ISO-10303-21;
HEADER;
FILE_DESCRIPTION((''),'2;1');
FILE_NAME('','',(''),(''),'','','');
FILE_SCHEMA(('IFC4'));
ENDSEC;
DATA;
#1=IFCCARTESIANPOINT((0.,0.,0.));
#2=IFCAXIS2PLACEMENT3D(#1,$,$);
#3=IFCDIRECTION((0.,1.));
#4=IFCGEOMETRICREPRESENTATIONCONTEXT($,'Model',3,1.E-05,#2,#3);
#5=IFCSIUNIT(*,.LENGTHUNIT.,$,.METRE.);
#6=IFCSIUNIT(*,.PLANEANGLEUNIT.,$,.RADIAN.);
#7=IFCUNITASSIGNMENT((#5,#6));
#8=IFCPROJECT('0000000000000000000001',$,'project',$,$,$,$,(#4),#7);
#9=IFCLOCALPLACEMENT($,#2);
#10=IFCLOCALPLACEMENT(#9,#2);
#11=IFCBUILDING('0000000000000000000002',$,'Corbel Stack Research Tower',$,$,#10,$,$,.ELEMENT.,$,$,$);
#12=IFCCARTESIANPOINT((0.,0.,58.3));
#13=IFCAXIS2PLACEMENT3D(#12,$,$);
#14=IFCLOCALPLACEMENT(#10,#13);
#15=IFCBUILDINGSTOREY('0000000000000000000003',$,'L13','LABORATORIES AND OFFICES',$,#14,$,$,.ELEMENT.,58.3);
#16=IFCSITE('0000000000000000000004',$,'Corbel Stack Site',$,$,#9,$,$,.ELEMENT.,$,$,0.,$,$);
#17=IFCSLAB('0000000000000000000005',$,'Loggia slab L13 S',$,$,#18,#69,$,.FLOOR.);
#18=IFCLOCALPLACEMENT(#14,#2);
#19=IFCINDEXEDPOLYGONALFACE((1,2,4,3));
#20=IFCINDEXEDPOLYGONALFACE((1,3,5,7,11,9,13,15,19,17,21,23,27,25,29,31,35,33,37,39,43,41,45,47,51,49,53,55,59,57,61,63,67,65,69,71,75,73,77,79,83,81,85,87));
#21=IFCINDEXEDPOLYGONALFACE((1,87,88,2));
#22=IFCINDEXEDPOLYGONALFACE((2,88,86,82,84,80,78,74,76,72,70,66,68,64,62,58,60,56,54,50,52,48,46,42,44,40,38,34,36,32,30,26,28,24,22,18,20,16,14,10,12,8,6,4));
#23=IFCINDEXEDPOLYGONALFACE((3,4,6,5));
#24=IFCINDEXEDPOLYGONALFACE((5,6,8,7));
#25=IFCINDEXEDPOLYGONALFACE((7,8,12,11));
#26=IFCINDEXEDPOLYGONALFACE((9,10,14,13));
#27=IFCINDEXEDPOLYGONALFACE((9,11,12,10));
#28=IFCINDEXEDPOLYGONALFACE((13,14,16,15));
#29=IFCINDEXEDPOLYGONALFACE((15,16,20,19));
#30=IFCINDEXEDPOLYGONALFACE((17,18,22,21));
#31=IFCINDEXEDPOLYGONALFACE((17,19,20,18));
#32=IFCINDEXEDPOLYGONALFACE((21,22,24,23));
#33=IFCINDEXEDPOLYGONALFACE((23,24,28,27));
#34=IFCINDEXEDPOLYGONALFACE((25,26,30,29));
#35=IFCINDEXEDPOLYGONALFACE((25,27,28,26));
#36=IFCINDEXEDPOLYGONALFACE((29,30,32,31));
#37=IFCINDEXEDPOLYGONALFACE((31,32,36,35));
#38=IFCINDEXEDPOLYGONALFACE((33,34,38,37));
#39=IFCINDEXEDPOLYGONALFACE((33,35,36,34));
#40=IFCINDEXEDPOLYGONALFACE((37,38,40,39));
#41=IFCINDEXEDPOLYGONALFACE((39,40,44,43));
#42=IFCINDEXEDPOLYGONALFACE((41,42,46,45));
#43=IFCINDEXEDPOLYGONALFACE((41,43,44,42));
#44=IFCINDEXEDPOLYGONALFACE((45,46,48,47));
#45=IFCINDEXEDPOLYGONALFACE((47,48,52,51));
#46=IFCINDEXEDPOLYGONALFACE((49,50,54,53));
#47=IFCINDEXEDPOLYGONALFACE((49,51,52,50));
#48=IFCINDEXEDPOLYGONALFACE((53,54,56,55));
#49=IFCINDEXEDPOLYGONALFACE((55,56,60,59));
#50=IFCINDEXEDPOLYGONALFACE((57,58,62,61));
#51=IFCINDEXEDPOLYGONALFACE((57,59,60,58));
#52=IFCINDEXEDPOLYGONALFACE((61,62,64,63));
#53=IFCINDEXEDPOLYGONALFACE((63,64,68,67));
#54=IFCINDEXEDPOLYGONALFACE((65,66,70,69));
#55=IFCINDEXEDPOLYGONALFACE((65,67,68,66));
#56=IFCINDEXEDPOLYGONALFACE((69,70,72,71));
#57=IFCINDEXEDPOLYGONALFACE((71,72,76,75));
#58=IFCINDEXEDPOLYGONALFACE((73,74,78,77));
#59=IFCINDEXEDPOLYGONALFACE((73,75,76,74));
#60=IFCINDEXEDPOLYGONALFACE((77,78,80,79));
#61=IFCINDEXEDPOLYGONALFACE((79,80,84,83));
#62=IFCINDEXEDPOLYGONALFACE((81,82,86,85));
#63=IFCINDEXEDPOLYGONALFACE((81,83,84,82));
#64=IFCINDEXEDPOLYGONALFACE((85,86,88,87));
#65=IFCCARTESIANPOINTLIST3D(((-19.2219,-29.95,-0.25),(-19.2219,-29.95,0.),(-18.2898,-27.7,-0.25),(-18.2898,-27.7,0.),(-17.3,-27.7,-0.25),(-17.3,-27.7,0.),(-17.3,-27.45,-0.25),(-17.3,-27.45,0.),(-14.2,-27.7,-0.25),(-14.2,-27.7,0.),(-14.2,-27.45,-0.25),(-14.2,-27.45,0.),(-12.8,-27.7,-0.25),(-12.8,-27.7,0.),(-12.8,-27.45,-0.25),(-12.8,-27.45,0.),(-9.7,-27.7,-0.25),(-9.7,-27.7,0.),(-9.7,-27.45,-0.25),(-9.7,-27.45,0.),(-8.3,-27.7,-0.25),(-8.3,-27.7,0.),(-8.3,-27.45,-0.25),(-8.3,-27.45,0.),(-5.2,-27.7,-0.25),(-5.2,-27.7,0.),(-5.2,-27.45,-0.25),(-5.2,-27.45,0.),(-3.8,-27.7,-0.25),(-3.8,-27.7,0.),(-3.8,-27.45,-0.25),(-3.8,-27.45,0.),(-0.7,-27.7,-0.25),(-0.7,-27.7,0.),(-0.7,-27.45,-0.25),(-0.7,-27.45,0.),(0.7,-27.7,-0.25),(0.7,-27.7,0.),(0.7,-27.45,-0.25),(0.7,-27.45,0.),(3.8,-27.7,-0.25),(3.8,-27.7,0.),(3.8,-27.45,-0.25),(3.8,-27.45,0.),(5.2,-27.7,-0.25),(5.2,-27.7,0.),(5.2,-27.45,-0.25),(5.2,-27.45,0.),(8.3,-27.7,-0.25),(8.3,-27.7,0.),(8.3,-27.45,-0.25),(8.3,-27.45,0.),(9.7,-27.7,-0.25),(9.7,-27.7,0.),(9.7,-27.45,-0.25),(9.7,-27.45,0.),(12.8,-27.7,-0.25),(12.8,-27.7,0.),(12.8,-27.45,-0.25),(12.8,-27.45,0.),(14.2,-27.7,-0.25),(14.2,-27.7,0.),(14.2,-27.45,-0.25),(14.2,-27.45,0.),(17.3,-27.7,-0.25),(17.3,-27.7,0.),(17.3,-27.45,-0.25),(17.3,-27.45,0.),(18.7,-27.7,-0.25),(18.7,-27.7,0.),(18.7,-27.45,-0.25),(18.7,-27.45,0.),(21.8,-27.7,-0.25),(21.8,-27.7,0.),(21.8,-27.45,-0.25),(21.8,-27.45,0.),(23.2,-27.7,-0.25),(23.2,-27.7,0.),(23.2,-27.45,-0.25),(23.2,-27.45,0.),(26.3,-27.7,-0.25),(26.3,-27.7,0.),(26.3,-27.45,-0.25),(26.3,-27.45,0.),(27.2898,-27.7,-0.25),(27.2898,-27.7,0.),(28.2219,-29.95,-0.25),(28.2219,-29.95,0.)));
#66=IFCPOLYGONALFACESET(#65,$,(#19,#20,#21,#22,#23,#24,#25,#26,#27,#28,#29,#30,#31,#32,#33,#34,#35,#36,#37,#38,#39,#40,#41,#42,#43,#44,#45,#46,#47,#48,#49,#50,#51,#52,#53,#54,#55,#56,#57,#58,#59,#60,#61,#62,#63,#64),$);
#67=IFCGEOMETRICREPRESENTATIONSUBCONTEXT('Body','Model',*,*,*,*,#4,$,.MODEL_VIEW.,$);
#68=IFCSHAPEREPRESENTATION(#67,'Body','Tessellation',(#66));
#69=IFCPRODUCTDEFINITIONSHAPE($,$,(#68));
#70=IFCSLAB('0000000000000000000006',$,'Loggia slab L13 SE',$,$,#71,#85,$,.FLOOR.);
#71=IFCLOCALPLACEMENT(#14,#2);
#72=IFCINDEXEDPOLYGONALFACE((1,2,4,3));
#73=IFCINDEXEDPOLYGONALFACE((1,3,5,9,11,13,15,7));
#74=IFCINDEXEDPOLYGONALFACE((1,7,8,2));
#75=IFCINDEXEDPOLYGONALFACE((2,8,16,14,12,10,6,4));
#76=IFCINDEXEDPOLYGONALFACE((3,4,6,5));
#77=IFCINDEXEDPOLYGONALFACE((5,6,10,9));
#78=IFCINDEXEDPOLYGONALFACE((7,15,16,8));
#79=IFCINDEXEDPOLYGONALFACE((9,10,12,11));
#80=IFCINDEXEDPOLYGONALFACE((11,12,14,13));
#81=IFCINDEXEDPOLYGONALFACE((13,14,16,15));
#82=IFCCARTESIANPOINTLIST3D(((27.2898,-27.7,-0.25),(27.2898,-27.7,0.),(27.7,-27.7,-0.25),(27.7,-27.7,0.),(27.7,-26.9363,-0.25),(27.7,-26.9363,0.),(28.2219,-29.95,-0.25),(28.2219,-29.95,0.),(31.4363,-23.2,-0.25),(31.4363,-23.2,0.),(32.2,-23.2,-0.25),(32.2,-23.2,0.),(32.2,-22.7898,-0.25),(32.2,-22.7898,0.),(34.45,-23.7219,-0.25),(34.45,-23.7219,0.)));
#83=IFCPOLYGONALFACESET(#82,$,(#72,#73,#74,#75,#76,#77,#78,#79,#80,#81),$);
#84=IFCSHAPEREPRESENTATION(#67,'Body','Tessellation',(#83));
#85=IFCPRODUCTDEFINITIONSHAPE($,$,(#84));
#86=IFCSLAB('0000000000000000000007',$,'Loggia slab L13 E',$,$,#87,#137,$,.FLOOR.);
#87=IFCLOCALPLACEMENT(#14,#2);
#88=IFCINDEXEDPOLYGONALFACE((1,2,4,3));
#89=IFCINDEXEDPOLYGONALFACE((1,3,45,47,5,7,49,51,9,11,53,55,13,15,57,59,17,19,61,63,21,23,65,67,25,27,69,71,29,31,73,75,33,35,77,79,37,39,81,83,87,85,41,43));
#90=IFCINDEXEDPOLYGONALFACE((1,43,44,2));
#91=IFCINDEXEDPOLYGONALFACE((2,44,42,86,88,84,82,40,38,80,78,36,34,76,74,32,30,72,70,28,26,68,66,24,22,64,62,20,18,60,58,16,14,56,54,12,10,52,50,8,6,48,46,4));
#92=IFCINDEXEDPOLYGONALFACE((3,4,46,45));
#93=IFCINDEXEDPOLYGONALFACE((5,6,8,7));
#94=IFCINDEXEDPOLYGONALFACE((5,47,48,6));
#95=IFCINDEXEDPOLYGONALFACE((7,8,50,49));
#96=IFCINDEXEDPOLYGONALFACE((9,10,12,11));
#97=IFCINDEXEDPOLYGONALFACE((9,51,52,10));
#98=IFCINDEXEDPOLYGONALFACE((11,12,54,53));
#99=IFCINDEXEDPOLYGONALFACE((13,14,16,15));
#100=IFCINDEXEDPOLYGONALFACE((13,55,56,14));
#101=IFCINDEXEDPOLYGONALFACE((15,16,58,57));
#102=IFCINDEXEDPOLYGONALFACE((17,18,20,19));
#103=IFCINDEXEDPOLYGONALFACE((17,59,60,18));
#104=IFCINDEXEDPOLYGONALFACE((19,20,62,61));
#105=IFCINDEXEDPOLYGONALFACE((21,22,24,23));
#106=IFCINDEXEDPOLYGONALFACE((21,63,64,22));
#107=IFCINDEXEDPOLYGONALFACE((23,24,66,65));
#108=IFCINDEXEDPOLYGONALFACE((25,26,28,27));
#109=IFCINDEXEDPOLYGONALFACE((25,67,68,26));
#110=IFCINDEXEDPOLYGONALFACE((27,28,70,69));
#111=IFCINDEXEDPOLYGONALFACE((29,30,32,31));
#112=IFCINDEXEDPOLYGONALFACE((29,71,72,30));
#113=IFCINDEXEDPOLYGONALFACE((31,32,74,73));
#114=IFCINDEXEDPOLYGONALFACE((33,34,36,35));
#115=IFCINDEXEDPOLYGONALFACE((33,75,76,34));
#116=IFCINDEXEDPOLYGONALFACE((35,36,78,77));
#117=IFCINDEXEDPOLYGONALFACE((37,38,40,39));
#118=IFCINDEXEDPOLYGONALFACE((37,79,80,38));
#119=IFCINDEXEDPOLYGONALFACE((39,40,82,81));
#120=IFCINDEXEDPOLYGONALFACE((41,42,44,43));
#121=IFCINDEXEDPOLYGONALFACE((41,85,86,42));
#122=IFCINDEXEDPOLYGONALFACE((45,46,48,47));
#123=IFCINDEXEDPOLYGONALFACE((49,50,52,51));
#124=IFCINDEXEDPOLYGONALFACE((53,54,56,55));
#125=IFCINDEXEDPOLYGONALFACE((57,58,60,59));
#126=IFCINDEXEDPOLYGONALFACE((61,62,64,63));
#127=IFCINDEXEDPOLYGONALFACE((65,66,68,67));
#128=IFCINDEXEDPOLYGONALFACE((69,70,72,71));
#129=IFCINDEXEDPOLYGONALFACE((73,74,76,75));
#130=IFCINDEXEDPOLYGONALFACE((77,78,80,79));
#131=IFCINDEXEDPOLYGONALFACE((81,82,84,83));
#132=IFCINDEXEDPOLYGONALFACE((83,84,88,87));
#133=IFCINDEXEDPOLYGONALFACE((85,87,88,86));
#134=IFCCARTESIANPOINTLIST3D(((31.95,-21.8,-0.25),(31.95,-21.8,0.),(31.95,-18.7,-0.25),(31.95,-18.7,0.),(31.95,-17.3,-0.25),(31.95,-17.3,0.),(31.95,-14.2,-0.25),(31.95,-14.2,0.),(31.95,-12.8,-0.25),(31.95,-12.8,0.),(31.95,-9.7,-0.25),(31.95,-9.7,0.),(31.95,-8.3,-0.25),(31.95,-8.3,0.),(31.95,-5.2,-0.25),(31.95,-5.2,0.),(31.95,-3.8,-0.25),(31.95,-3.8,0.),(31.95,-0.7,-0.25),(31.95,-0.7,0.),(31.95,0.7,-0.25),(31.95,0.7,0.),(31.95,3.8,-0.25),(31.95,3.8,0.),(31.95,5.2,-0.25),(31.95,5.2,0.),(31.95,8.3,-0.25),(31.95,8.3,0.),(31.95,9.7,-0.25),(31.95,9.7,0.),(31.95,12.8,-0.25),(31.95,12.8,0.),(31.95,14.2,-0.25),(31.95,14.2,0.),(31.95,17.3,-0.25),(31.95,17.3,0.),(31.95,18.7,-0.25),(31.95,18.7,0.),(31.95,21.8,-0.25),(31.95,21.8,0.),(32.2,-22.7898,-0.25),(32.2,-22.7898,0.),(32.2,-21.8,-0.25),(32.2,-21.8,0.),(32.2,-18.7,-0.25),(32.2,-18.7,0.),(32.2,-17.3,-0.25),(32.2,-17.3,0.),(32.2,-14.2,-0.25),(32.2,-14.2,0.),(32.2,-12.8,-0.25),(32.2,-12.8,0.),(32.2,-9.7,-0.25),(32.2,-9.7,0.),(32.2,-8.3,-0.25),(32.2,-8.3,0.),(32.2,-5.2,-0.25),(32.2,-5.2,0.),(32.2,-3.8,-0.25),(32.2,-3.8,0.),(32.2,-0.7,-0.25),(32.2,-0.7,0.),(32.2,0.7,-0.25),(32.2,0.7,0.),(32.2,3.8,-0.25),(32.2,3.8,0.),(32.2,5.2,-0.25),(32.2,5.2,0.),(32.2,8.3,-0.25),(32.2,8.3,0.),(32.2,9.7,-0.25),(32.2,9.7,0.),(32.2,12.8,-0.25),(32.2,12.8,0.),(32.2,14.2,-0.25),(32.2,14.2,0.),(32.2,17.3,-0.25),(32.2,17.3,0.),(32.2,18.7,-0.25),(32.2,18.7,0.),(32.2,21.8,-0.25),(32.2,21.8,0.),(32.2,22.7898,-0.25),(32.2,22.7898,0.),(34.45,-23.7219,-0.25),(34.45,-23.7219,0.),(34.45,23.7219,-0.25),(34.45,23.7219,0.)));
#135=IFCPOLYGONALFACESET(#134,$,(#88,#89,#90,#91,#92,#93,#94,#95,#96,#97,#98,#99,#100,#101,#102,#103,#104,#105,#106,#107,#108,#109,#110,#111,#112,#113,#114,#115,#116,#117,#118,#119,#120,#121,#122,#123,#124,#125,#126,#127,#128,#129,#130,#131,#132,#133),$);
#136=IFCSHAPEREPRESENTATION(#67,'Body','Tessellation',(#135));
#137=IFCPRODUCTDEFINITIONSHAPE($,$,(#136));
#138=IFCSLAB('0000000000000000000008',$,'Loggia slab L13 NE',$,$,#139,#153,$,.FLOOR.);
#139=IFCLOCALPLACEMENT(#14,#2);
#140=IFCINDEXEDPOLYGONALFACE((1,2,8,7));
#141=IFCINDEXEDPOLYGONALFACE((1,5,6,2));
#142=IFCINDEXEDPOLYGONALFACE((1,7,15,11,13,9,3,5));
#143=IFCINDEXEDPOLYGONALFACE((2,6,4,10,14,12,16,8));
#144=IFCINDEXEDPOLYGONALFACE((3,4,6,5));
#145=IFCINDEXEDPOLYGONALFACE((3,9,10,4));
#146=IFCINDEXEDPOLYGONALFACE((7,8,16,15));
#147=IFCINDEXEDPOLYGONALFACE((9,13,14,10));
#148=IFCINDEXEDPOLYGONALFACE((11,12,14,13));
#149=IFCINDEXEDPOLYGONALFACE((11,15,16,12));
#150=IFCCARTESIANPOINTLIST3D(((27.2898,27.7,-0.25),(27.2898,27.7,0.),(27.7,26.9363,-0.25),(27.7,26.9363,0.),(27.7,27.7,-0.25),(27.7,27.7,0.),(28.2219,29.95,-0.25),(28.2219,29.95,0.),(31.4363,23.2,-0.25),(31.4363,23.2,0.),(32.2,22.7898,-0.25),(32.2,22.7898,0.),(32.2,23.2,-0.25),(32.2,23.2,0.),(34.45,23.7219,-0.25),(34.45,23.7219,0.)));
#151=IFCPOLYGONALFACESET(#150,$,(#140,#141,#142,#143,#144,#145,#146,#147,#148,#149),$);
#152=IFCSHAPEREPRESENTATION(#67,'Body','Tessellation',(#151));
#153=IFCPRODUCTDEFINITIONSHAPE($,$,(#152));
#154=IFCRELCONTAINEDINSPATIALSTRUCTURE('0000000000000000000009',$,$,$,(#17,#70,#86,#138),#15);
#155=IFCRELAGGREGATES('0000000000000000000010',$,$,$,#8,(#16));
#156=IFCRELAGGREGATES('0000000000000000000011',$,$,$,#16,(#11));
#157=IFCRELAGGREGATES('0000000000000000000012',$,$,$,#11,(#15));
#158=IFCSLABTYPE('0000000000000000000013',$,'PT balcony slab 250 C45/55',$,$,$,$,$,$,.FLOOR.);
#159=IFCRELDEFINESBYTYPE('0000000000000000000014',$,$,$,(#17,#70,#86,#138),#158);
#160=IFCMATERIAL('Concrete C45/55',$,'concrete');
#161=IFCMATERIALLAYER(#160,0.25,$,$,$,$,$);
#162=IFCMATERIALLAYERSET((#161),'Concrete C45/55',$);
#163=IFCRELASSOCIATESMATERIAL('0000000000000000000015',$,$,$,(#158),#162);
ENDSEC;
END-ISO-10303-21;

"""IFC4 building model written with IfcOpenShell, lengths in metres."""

from ifc_helpers import new_model, si_unit, direction, frame, origin, place, context, subcontext, project, spatial, polyline, outline, extrude, material, layer, layer_set, type_object, element, save


model = new_model("IFC4")

# Units and contexts
model_context = context("Model", 3, precision=1e-05, world=origin(), true_north=direction((0.0, 1.0)))
body_context = subcontext(model_context, "Body", "Model", "MODEL_VIEW")
ifc_project = project(units=[si_unit("LENGTHUNIT", "METRE"), si_unit("PLANEANGLEUNIT", "RADIAN")], contexts=[model_context])

# Site, building, storey
site_placement = place(None, origin())
site = spatial("IfcSite", under=ifc_project, at=site_placement, Name="Corbel Stack Site", CompositionType="ELEMENT", RefElevation=0.0)
building_placement = place(site_placement, origin())
building = spatial("IfcBuilding", under=site, at=building_placement, Name="Corbel Stack Research Tower", CompositionType="ELEMENT")
storey_placement = place(building_placement, frame((0.0, 0.0, 58.3)))
storey = spatial("IfcBuildingStorey", under=building, at=storey_placement, Name="L13", Description="LABORATORIES AND OFFICES", CompositionType="ELEMENT", Elevation=58.3)

# Slabs
ifc_material_1 = material(Name="Concrete C45/55", Category="concrete")
ifc_layer_1 = layer(ifc_material_1, 0.25)
ifc_layer_set_1 = layer_set([ifc_layer_1], Name="Concrete C45/55")
slab_type_1 = type_object("IfcSlabType", Name="PT balcony slab 250 C45/55", PredefinedType="FLOOR", material=ifc_layer_set_1)
slab_1_placement = place(storey_placement, frame((0.0, 0.0, -0.25)))
element("IfcSlab", 1, at=slab_1_placement, inside=storey, type_object=slab_type_1, Name="Loggia slab L13 S", PredefinedType="FLOOR", context=body_context, shape_type="SweptSolid", body=[
    extrude(outline(polyline([(27.2898, -27.7), (26.3, -27.7), (26.3, -27.45), (23.2, -27.45), (23.2, -27.7), (21.8, -27.7), (21.8, -27.45), (18.7, -27.45), (18.7, -27.7), (17.3, -27.7), (17.3, -27.45), (14.2, -27.45), (14.2, -27.7), (12.8, -27.7), (12.8, -27.45), (9.7, -27.45), (9.7, -27.7), (8.3, -27.7), (8.3, -27.45), (5.2, -27.45), (5.2, -27.7), (3.8, -27.7), (3.8, -27.45), (0.7, -27.45), (0.7, -27.7), (-0.7, -27.7), (-0.7, -27.45), (-3.8, -27.45), (-3.8, -27.7), (-5.2, -27.7), (-5.2, -27.45), (-8.3, -27.45), (-8.3, -27.7), (-9.7, -27.7), (-9.7, -27.45), (-12.8, -27.45), (-12.8, -27.7), (-14.2, -27.7), (-14.2, -27.45), (-17.3, -27.45), (-17.3, -27.7), (-18.2898, -27.7), (-19.2219, -29.95), (28.2219, -29.95), (27.2898, -27.7)])), origin(), (0.0, 0.0, 1.0), 0.25),
])
slab_2_placement = place(storey_placement, frame((0.0, 0.0, -0.25)))
element("IfcSlab", 2, at=slab_2_placement, inside=storey, type_object=slab_type_1, Name="Loggia slab L13 SE", PredefinedType="FLOOR", context=body_context, shape_type="SweptSolid", body=[
    extrude(outline(polyline([(32.2, -22.7898), (32.2, -23.2), (31.4363, -23.2), (27.7, -26.9363), (27.7, -27.7), (27.2898, -27.7), (28.2219, -29.95), (34.45, -23.7219), (32.2, -22.7898)])), origin(), (0.0, 0.0, 1.0), 0.25),
])
slab_3_placement = place(storey_placement, frame((0.0, 0.0, -0.25)))
element("IfcSlab", 3, at=slab_3_placement, inside=storey, type_object=slab_type_1, Name="Loggia slab L13 E", PredefinedType="FLOOR", context=body_context, shape_type="SweptSolid", body=[
    extrude(outline(polyline([(32.2, 22.7898), (32.2, 21.8), (31.95, 21.8), (31.95, 18.7), (32.2, 18.7), (32.2, 17.3), (31.95, 17.3), (31.95, 14.2), (32.2, 14.2), (32.2, 12.8), (31.95, 12.8), (31.95, 9.7), (32.2, 9.7), (32.2, 8.3), (31.95, 8.3), (31.95, 5.2), (32.2, 5.2), (32.2, 3.8), (31.95, 3.8), (31.95, 0.7), (32.2, 0.7), (32.2, -0.7), (31.95, -0.7), (31.95, -3.8), (32.2, -3.8), (32.2, -5.2), (31.95, -5.2), (31.95, -8.3), (32.2, -8.3), (32.2, -9.7), (31.95, -9.7), (31.95, -12.8), (32.2, -12.8), (32.2, -14.2), (31.95, -14.2), (31.95, -17.3), (32.2, -17.3), (32.2, -18.7), (31.95, -18.7), (31.95, -21.8), (32.2, -21.8), (32.2, -22.7898), (34.45, -23.7219), (34.45, 23.7219), (32.2, 22.7898)])), origin(), (0.0, 0.0, 1.0), 0.25),
])
slab_4_placement = place(storey_placement, frame((0.0, 0.0, -0.25)))
element("IfcSlab", 4, at=slab_4_placement, inside=storey, type_object=slab_type_1, Name="Loggia slab L13 NE", PredefinedType="FLOOR", context=body_context, shape_type="SweptSolid", body=[
    extrude(outline(polyline([(27.2898, 27.7), (27.7, 27.7), (27.7, 26.9363), (31.4363, 23.2), (32.2, 23.2), (32.2, 22.7898), (34.45, 23.7219), (28.2219, 29.95), (27.2898, 27.7)])), origin(), (0.0, 0.0, 1.0), 0.25),
])

save(model, "model.ifc")
